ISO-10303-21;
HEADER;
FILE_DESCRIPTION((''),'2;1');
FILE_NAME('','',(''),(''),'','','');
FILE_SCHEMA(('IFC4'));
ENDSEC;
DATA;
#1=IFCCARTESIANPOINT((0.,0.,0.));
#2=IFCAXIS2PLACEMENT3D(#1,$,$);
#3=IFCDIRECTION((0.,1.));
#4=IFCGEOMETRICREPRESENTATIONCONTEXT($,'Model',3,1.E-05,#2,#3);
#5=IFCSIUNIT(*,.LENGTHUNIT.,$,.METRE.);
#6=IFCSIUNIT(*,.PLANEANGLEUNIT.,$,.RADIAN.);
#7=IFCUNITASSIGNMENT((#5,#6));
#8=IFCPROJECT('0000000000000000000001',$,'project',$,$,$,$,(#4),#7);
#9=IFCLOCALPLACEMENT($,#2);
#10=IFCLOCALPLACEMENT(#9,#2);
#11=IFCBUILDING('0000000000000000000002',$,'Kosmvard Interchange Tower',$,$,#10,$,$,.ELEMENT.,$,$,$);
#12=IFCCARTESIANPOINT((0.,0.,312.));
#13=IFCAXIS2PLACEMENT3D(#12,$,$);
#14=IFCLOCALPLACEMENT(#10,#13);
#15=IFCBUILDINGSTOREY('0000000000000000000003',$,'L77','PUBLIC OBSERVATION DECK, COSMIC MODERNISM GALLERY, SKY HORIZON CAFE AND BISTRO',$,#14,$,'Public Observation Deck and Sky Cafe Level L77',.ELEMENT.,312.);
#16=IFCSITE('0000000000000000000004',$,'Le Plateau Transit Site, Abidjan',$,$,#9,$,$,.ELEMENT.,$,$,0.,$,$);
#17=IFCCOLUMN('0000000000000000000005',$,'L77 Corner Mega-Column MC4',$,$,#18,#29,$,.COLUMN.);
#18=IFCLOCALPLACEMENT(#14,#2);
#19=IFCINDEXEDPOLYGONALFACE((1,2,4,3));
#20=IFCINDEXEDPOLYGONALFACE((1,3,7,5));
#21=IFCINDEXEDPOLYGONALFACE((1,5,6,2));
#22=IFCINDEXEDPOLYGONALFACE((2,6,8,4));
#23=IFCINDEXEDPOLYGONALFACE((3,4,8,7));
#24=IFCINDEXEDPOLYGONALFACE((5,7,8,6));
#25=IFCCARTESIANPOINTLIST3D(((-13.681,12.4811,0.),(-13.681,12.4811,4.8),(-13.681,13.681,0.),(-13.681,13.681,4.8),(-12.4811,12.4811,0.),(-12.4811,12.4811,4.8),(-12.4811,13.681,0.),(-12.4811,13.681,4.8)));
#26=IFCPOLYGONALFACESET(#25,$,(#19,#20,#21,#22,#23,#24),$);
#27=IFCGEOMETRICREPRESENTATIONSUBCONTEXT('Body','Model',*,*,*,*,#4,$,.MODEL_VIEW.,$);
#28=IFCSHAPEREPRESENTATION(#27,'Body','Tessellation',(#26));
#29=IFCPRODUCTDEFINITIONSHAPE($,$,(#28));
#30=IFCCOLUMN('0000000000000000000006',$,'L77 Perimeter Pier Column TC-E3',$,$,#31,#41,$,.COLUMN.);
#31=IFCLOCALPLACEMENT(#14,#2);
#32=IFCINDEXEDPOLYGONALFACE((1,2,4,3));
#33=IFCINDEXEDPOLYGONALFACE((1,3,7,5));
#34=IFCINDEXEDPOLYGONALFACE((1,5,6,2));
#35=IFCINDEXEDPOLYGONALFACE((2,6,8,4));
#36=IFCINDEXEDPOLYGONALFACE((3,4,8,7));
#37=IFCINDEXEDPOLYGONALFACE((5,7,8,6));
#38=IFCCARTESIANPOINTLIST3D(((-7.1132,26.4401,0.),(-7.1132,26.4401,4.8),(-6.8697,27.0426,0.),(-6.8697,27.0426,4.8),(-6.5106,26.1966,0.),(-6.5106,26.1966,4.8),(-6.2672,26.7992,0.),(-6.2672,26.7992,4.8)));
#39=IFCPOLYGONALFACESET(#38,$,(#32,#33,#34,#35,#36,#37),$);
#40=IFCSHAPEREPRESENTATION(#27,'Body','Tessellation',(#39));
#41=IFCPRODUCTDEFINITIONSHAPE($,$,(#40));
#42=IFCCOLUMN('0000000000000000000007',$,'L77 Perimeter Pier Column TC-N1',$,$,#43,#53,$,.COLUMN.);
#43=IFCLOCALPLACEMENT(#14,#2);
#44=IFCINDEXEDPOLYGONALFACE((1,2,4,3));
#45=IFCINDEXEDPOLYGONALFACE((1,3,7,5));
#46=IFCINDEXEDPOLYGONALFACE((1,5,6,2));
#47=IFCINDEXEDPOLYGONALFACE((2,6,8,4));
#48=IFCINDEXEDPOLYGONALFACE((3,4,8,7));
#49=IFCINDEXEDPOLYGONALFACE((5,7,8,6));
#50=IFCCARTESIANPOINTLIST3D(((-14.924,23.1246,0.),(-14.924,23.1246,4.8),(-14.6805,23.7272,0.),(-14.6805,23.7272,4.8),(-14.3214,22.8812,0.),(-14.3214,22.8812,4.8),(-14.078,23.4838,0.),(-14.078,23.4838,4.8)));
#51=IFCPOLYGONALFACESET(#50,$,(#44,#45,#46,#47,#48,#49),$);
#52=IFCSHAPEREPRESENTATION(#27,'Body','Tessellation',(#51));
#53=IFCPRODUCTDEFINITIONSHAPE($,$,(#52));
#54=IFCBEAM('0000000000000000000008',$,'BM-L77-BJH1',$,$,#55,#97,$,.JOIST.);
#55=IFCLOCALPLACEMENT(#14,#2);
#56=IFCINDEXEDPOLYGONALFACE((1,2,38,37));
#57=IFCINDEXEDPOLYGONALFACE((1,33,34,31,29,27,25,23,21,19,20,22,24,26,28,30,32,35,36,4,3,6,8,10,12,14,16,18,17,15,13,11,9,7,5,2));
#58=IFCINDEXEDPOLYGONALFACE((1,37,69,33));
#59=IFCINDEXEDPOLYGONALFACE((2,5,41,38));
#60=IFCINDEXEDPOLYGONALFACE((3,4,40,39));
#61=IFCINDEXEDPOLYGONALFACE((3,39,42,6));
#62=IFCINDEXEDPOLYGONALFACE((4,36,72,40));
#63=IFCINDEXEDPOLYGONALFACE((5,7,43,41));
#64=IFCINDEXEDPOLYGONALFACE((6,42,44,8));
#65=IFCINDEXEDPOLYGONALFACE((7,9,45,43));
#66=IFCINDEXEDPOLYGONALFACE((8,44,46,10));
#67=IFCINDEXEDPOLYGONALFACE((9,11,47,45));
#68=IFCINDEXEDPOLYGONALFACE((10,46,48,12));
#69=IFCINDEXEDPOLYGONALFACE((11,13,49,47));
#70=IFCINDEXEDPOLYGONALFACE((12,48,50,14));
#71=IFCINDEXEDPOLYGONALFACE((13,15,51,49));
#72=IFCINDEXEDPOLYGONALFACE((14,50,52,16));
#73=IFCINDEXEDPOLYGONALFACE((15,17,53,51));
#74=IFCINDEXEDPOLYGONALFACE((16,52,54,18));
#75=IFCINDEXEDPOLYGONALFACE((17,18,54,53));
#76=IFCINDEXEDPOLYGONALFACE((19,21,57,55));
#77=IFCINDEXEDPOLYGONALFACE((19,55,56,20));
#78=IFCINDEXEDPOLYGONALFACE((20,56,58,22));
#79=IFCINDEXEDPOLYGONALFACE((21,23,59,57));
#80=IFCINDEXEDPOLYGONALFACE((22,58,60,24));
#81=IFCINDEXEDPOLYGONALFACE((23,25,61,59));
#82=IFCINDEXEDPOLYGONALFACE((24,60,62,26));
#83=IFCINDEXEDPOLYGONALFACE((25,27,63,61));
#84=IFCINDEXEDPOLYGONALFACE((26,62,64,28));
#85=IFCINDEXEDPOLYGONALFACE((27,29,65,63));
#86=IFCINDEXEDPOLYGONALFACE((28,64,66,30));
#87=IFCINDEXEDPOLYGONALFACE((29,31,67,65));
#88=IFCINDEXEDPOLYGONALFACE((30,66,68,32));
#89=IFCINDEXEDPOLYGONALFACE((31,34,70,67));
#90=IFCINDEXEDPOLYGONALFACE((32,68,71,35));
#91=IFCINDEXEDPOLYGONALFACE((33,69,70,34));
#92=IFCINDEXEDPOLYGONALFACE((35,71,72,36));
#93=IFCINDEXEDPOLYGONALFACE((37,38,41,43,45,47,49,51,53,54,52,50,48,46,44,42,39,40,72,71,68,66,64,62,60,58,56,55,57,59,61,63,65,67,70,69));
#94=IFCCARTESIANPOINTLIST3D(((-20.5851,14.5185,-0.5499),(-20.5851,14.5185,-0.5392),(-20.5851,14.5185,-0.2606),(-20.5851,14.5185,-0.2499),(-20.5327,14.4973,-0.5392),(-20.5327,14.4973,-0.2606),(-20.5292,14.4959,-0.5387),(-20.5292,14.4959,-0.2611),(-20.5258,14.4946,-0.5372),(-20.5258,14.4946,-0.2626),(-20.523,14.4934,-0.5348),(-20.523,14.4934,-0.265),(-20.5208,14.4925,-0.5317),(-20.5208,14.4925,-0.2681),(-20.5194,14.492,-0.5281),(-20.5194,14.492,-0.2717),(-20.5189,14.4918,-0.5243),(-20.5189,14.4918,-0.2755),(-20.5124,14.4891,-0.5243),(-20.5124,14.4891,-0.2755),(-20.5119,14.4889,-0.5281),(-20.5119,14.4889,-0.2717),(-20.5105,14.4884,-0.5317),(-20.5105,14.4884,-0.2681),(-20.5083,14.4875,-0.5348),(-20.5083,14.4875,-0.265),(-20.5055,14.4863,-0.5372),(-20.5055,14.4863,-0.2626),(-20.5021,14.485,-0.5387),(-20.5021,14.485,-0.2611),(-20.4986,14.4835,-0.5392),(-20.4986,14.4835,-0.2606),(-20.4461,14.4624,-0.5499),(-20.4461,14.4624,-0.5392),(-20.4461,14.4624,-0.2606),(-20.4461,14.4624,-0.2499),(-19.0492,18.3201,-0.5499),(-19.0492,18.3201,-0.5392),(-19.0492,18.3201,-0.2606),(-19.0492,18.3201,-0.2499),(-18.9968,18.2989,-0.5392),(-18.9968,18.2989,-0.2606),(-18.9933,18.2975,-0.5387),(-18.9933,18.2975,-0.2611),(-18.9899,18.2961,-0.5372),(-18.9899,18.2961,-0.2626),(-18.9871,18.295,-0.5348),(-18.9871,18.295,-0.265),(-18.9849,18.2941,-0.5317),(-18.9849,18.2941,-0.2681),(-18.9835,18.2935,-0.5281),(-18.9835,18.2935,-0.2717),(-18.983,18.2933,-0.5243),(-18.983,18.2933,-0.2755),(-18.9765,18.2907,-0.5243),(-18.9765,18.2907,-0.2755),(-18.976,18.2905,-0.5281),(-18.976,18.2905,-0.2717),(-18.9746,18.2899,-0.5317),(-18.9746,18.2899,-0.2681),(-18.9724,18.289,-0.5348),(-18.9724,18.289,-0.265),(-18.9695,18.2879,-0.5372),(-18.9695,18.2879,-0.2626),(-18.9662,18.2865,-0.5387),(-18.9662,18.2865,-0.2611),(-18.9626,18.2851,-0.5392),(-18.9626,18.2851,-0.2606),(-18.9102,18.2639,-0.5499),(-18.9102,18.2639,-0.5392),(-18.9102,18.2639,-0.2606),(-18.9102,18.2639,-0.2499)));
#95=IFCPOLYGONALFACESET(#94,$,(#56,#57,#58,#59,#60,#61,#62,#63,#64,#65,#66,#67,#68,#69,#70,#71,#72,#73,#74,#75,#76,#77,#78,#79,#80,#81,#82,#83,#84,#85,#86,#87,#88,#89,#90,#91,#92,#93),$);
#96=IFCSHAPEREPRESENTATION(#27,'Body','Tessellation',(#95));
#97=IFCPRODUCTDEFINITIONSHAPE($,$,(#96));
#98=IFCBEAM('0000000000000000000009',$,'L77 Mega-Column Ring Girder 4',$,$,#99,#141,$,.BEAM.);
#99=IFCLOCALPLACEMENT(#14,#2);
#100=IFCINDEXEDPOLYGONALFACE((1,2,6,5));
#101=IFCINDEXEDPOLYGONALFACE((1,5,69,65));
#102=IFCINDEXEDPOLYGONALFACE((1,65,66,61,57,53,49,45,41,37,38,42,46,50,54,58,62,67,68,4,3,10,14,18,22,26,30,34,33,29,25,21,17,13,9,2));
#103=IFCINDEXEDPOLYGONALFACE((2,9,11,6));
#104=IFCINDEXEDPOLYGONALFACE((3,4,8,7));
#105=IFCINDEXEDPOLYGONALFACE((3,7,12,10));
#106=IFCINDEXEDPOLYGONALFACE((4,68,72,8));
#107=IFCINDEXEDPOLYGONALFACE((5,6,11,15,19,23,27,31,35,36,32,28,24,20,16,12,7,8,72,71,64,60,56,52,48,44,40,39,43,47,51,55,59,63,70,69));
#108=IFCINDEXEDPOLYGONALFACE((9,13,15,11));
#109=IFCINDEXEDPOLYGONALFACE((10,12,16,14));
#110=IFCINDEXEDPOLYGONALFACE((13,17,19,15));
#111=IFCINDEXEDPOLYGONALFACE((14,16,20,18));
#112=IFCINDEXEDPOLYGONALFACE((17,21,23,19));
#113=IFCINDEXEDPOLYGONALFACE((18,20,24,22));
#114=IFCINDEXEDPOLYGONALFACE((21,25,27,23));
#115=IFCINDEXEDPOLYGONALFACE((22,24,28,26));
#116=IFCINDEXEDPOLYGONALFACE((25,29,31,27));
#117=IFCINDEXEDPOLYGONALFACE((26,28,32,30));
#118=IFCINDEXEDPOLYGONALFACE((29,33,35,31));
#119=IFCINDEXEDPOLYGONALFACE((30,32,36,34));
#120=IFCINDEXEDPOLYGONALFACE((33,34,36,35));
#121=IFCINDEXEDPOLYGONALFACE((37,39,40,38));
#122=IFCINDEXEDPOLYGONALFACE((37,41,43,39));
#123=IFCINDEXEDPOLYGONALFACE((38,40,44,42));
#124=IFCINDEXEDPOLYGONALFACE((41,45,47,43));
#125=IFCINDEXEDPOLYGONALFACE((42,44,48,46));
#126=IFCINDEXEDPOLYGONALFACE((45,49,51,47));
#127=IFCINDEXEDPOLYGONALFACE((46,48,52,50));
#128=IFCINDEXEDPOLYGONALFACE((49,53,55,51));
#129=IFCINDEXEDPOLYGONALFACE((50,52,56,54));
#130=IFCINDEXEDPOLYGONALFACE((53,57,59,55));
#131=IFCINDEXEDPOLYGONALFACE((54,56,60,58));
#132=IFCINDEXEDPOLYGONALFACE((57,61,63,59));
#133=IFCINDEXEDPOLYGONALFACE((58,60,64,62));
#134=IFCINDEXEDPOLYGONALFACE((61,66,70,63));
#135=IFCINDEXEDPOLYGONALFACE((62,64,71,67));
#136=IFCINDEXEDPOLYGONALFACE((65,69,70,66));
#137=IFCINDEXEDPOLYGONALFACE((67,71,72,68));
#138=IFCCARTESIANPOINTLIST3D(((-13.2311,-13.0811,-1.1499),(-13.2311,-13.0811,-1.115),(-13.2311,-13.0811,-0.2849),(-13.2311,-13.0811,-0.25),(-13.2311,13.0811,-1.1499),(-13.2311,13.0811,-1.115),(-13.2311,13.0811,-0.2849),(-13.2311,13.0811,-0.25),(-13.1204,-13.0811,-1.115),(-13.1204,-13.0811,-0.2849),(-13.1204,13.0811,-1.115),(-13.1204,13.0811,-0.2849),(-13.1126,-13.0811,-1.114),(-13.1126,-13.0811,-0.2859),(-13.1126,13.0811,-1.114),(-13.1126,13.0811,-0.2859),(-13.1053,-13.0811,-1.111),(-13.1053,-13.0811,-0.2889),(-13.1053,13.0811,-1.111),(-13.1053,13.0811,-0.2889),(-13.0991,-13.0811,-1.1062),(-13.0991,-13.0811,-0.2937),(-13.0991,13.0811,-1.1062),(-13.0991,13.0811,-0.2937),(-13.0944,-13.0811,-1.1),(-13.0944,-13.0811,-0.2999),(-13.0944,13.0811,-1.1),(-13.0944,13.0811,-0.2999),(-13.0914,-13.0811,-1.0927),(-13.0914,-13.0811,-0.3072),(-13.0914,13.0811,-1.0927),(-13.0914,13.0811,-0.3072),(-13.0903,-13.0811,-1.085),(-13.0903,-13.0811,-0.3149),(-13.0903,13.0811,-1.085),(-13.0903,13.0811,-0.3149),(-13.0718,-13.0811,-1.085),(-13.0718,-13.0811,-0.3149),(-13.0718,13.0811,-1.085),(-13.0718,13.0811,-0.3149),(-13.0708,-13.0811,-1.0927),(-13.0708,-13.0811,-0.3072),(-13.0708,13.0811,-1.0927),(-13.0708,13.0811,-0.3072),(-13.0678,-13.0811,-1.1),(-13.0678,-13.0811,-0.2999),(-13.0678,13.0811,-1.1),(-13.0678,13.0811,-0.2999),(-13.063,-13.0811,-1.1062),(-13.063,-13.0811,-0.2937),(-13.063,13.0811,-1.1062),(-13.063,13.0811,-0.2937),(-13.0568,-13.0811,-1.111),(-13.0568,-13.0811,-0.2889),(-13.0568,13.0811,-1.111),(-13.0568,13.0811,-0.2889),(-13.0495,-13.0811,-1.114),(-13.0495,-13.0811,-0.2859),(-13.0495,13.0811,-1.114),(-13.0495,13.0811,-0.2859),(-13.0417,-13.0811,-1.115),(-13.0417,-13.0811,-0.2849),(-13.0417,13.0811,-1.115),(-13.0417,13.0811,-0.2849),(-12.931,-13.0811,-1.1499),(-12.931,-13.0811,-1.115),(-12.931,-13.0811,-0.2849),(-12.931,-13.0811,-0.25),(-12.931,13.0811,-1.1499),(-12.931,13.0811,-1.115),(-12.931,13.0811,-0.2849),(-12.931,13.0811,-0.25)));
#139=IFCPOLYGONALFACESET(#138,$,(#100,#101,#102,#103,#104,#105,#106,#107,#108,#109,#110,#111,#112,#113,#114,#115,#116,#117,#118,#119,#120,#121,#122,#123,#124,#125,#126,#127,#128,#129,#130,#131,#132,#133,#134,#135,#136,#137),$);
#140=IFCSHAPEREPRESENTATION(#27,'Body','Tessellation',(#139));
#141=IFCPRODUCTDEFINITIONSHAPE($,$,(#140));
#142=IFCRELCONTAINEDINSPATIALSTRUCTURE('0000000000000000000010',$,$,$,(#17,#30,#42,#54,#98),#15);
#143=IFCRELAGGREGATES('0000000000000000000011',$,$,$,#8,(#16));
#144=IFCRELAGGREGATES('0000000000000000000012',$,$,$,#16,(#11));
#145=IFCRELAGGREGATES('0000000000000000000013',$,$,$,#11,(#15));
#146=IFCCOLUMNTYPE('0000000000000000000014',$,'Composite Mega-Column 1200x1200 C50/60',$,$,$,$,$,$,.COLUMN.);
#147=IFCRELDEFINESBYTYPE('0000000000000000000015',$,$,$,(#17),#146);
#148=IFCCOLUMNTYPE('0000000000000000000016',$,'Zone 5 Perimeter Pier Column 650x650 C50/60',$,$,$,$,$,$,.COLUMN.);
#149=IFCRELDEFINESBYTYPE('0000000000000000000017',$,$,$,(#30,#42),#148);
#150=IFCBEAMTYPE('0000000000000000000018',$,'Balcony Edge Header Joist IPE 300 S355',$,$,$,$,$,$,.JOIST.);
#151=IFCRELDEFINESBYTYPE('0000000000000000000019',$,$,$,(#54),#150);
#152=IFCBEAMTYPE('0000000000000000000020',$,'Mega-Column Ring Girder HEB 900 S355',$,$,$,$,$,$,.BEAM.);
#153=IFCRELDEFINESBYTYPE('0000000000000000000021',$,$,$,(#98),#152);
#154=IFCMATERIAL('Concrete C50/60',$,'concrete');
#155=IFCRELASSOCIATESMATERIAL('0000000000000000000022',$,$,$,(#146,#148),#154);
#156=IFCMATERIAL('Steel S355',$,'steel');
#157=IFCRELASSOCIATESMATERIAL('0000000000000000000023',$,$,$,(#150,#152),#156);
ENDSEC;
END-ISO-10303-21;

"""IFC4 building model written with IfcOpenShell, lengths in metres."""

from ifc_helpers import new_model, si_unit, direction, frame, origin, origin_2d, place, context, subcontext, project, spatial, rectangle, i_section, extrude, source, transform, mapped, material, material_profile, profile_set, type_object, element, save


model = new_model("IFC4")

# Units and contexts
model_context = context("Model", 3, precision=1e-05, world=origin(), true_north=direction((0.0, 1.0)))
body_context = subcontext(model_context, "Body", "Model", "MODEL_VIEW")
ifc_project = project(units=[si_unit("LENGTHUNIT", "METRE"), si_unit("PLANEANGLEUNIT", "RADIAN")], contexts=[model_context])

# Site, building, storey
site_placement = place(None, origin())
site = spatial("IfcSite", under=ifc_project, at=site_placement, Name="Le Plateau Transit Site, Abidjan", CompositionType="ELEMENT", RefElevation=0.0)
building_placement = place(site_placement, origin())
building = spatial("IfcBuilding", under=site, at=building_placement, Name="Kosmvard Interchange Tower", CompositionType="ELEMENT")
storey_placement = place(building_placement, frame((0.0, 0.0, 312.0)))
storey = spatial("IfcBuildingStorey", under=building, at=storey_placement, Name="L77", Description="PUBLIC OBSERVATION DECK, COSMIC MODERNISM GALLERY, SKY HORIZON CAFE AND BISTRO", LongName="Public Observation Deck and Sky Cafe Level L77", CompositionType="ELEMENT", Elevation=312.0)

# Columns
ifc_material_1 = material(Name="Concrete C50/60", Category="concrete")
ifc_material_profile_1 = material_profile(ifc_material_1, rectangle(XDim=1.2, YDim=1.2, at=origin_2d()), Name="MC 1200x1200")
ifc_profile_set_1 = profile_set([ifc_material_profile_1], Name="Concrete C50/60")
column_type_1 = type_object("IfcColumnType", Name="Composite Mega-Column 1200x1200 C50/60", PredefinedType="COLUMN", material=ifc_profile_set_1)
shared_shape_1 = source(origin(), body_context, "Body", "SweptSolid", [
    extrude(rectangle(XDim=1.2, YDim=1.2, at=origin_2d()), origin(), (0.0, 0.0, 1.0), 4.8),
])
column_placement = place(storey_placement, frame((-13.0811, 13.0811, 0.0), z_axis=(0.0, 0.0, 1.0), x_axis=(1.0, 0.0, 0.0)))
element("IfcColumn", 1, at=column_placement, inside=storey, type_object=column_type_1, Name="L77 Corner Mega-Column MC4", PredefinedType="COLUMN", context=body_context, shape_type="MappedRepresentation", body=[
    mapped(shared_shape_1, transform((0.0, 0.0, 0.0), scale=1.0)),
])
ifc_material_profile_2 = material_profile(ifc_material_1, rectangle(XDim=0.6499, YDim=0.6499, at=origin_2d()), Name="TC 650x650")
ifc_profile_set_2 = profile_set([ifc_material_profile_2], Name="Concrete C50/60")
column_type_2 = type_object("IfcColumnType", Name="Zone 5 Perimeter Pier Column 650x650 C50/60", PredefinedType="COLUMN", material=ifc_profile_set_2)
shared_shape_2 = source(origin(), body_context, "Body", "SweptSolid", [
    extrude(rectangle(XDim=0.6499, YDim=0.6499, at=origin_2d()), origin(), (0.0, 0.0, 1.0), 4.8),
])
for number, where, z_axis, x_axis, name in (
    (2, (-6.6902, 26.6196, 0.0), (0.0, 0.0, 1.0), (0.374607, 0.927184, 0.0), "L77 Perimeter Pier Column TC-E3"),
    (3, (-14.501, 23.3042, 0.0), (0.0, 0.0, 1.0), (0.374607, 0.927184, 0.0), "L77 Perimeter Pier Column TC-N1"),
):
    element("IfcColumn", number, at=place(storey_placement, frame(where, z_axis=z_axis, x_axis=x_axis)), inside=storey, type_object=column_type_2, Name=name, PredefinedType="COLUMN", context=body_context, shape_type="MappedRepresentation", body=[
        mapped(shared_shape_2, transform((0.0, 0.0, 0.0), scale=1.0)),
    ])

# Beams
ifc_material_2 = material(Name="Steel S355", Category="steel")
ifc_material_profile_3 = material_profile(ifc_material_2, i_section(OverallWidth=0.1499, OverallDepth=0.3, WebThickness=0.0071, FlangeThickness=0.0107, FilletRadius=0.0149, at=origin_2d()), Name="IPE 300")
ifc_profile_set_3 = profile_set([ifc_material_profile_3], Name="Steel S355")
beam_type_1 = type_object("IfcBeamType", Name="Balcony Edge Header Joist IPE 300 S355", PredefinedType="JOIST", material=ifc_profile_set_3)
shared_shape_3 = source(origin(), body_context, "Body", "SweptSolid", [
    extrude(i_section(OverallWidth=0.1499, OverallDepth=0.3, WebThickness=0.0071, FlangeThickness=0.0107, FilletRadius=0.0149, at=origin_2d()), origin(), (0.0, 0.0, 1.0), 4.1001),
])
beam_1_placement = place(storey_placement, frame((-18.9797, 18.292, -0.3999), z_axis=(-0.374602, -0.927186, 0.0), x_axis=(0.927186, -0.374602, 0.0)))
element("IfcBeam", 4, at=beam_1_placement, inside=storey, type_object=beam_type_1, Name="BM-L77-BJH1", PredefinedType="JOIST", context=body_context, shape_type="MappedRepresentation", body=[
    mapped(shared_shape_3, transform((0.0, 0.0, 0.0), scale=1.0)),
])
ifc_material_profile_4 = material_profile(ifc_material_2, i_section(OverallWidth=0.3, OverallDepth=0.8999, WebThickness=0.0186, FlangeThickness=0.0349, FilletRadius=0.03, at=origin_2d()), Name="HEB 900")
ifc_profile_set_4 = profile_set([ifc_material_profile_4], Name="Steel S355")
beam_type_2 = type_object("IfcBeamType", Name="Mega-Column Ring Girder HEB 900 S355", PredefinedType="BEAM", material=ifc_profile_set_4)
shared_shape_4 = source(origin(), body_context, "Body", "SweptSolid", [
    extrude(i_section(OverallWidth=0.3, OverallDepth=0.8999, WebThickness=0.0186, FlangeThickness=0.0349, FilletRadius=0.03, at=origin_2d()), origin(), (0.0, 0.0, 1.0), 26.1621),
])
beam_2_placement = place(storey_placement, frame((-13.0811, 13.0811, -0.7), z_axis=(0.0, -1.0, 0.0), x_axis=(1.0, 0.0, 0.0)))
element("IfcBeam", 5, at=beam_2_placement, inside=storey, type_object=beam_type_2, Name="L77 Mega-Column Ring Girder 4", PredefinedType="BEAM", context=body_context, shape_type="MappedRepresentation", body=[
    mapped(shared_shape_4, transform((0.0, 0.0, 0.0), scale=1.0)),
])

save(model, "model.ifc")
